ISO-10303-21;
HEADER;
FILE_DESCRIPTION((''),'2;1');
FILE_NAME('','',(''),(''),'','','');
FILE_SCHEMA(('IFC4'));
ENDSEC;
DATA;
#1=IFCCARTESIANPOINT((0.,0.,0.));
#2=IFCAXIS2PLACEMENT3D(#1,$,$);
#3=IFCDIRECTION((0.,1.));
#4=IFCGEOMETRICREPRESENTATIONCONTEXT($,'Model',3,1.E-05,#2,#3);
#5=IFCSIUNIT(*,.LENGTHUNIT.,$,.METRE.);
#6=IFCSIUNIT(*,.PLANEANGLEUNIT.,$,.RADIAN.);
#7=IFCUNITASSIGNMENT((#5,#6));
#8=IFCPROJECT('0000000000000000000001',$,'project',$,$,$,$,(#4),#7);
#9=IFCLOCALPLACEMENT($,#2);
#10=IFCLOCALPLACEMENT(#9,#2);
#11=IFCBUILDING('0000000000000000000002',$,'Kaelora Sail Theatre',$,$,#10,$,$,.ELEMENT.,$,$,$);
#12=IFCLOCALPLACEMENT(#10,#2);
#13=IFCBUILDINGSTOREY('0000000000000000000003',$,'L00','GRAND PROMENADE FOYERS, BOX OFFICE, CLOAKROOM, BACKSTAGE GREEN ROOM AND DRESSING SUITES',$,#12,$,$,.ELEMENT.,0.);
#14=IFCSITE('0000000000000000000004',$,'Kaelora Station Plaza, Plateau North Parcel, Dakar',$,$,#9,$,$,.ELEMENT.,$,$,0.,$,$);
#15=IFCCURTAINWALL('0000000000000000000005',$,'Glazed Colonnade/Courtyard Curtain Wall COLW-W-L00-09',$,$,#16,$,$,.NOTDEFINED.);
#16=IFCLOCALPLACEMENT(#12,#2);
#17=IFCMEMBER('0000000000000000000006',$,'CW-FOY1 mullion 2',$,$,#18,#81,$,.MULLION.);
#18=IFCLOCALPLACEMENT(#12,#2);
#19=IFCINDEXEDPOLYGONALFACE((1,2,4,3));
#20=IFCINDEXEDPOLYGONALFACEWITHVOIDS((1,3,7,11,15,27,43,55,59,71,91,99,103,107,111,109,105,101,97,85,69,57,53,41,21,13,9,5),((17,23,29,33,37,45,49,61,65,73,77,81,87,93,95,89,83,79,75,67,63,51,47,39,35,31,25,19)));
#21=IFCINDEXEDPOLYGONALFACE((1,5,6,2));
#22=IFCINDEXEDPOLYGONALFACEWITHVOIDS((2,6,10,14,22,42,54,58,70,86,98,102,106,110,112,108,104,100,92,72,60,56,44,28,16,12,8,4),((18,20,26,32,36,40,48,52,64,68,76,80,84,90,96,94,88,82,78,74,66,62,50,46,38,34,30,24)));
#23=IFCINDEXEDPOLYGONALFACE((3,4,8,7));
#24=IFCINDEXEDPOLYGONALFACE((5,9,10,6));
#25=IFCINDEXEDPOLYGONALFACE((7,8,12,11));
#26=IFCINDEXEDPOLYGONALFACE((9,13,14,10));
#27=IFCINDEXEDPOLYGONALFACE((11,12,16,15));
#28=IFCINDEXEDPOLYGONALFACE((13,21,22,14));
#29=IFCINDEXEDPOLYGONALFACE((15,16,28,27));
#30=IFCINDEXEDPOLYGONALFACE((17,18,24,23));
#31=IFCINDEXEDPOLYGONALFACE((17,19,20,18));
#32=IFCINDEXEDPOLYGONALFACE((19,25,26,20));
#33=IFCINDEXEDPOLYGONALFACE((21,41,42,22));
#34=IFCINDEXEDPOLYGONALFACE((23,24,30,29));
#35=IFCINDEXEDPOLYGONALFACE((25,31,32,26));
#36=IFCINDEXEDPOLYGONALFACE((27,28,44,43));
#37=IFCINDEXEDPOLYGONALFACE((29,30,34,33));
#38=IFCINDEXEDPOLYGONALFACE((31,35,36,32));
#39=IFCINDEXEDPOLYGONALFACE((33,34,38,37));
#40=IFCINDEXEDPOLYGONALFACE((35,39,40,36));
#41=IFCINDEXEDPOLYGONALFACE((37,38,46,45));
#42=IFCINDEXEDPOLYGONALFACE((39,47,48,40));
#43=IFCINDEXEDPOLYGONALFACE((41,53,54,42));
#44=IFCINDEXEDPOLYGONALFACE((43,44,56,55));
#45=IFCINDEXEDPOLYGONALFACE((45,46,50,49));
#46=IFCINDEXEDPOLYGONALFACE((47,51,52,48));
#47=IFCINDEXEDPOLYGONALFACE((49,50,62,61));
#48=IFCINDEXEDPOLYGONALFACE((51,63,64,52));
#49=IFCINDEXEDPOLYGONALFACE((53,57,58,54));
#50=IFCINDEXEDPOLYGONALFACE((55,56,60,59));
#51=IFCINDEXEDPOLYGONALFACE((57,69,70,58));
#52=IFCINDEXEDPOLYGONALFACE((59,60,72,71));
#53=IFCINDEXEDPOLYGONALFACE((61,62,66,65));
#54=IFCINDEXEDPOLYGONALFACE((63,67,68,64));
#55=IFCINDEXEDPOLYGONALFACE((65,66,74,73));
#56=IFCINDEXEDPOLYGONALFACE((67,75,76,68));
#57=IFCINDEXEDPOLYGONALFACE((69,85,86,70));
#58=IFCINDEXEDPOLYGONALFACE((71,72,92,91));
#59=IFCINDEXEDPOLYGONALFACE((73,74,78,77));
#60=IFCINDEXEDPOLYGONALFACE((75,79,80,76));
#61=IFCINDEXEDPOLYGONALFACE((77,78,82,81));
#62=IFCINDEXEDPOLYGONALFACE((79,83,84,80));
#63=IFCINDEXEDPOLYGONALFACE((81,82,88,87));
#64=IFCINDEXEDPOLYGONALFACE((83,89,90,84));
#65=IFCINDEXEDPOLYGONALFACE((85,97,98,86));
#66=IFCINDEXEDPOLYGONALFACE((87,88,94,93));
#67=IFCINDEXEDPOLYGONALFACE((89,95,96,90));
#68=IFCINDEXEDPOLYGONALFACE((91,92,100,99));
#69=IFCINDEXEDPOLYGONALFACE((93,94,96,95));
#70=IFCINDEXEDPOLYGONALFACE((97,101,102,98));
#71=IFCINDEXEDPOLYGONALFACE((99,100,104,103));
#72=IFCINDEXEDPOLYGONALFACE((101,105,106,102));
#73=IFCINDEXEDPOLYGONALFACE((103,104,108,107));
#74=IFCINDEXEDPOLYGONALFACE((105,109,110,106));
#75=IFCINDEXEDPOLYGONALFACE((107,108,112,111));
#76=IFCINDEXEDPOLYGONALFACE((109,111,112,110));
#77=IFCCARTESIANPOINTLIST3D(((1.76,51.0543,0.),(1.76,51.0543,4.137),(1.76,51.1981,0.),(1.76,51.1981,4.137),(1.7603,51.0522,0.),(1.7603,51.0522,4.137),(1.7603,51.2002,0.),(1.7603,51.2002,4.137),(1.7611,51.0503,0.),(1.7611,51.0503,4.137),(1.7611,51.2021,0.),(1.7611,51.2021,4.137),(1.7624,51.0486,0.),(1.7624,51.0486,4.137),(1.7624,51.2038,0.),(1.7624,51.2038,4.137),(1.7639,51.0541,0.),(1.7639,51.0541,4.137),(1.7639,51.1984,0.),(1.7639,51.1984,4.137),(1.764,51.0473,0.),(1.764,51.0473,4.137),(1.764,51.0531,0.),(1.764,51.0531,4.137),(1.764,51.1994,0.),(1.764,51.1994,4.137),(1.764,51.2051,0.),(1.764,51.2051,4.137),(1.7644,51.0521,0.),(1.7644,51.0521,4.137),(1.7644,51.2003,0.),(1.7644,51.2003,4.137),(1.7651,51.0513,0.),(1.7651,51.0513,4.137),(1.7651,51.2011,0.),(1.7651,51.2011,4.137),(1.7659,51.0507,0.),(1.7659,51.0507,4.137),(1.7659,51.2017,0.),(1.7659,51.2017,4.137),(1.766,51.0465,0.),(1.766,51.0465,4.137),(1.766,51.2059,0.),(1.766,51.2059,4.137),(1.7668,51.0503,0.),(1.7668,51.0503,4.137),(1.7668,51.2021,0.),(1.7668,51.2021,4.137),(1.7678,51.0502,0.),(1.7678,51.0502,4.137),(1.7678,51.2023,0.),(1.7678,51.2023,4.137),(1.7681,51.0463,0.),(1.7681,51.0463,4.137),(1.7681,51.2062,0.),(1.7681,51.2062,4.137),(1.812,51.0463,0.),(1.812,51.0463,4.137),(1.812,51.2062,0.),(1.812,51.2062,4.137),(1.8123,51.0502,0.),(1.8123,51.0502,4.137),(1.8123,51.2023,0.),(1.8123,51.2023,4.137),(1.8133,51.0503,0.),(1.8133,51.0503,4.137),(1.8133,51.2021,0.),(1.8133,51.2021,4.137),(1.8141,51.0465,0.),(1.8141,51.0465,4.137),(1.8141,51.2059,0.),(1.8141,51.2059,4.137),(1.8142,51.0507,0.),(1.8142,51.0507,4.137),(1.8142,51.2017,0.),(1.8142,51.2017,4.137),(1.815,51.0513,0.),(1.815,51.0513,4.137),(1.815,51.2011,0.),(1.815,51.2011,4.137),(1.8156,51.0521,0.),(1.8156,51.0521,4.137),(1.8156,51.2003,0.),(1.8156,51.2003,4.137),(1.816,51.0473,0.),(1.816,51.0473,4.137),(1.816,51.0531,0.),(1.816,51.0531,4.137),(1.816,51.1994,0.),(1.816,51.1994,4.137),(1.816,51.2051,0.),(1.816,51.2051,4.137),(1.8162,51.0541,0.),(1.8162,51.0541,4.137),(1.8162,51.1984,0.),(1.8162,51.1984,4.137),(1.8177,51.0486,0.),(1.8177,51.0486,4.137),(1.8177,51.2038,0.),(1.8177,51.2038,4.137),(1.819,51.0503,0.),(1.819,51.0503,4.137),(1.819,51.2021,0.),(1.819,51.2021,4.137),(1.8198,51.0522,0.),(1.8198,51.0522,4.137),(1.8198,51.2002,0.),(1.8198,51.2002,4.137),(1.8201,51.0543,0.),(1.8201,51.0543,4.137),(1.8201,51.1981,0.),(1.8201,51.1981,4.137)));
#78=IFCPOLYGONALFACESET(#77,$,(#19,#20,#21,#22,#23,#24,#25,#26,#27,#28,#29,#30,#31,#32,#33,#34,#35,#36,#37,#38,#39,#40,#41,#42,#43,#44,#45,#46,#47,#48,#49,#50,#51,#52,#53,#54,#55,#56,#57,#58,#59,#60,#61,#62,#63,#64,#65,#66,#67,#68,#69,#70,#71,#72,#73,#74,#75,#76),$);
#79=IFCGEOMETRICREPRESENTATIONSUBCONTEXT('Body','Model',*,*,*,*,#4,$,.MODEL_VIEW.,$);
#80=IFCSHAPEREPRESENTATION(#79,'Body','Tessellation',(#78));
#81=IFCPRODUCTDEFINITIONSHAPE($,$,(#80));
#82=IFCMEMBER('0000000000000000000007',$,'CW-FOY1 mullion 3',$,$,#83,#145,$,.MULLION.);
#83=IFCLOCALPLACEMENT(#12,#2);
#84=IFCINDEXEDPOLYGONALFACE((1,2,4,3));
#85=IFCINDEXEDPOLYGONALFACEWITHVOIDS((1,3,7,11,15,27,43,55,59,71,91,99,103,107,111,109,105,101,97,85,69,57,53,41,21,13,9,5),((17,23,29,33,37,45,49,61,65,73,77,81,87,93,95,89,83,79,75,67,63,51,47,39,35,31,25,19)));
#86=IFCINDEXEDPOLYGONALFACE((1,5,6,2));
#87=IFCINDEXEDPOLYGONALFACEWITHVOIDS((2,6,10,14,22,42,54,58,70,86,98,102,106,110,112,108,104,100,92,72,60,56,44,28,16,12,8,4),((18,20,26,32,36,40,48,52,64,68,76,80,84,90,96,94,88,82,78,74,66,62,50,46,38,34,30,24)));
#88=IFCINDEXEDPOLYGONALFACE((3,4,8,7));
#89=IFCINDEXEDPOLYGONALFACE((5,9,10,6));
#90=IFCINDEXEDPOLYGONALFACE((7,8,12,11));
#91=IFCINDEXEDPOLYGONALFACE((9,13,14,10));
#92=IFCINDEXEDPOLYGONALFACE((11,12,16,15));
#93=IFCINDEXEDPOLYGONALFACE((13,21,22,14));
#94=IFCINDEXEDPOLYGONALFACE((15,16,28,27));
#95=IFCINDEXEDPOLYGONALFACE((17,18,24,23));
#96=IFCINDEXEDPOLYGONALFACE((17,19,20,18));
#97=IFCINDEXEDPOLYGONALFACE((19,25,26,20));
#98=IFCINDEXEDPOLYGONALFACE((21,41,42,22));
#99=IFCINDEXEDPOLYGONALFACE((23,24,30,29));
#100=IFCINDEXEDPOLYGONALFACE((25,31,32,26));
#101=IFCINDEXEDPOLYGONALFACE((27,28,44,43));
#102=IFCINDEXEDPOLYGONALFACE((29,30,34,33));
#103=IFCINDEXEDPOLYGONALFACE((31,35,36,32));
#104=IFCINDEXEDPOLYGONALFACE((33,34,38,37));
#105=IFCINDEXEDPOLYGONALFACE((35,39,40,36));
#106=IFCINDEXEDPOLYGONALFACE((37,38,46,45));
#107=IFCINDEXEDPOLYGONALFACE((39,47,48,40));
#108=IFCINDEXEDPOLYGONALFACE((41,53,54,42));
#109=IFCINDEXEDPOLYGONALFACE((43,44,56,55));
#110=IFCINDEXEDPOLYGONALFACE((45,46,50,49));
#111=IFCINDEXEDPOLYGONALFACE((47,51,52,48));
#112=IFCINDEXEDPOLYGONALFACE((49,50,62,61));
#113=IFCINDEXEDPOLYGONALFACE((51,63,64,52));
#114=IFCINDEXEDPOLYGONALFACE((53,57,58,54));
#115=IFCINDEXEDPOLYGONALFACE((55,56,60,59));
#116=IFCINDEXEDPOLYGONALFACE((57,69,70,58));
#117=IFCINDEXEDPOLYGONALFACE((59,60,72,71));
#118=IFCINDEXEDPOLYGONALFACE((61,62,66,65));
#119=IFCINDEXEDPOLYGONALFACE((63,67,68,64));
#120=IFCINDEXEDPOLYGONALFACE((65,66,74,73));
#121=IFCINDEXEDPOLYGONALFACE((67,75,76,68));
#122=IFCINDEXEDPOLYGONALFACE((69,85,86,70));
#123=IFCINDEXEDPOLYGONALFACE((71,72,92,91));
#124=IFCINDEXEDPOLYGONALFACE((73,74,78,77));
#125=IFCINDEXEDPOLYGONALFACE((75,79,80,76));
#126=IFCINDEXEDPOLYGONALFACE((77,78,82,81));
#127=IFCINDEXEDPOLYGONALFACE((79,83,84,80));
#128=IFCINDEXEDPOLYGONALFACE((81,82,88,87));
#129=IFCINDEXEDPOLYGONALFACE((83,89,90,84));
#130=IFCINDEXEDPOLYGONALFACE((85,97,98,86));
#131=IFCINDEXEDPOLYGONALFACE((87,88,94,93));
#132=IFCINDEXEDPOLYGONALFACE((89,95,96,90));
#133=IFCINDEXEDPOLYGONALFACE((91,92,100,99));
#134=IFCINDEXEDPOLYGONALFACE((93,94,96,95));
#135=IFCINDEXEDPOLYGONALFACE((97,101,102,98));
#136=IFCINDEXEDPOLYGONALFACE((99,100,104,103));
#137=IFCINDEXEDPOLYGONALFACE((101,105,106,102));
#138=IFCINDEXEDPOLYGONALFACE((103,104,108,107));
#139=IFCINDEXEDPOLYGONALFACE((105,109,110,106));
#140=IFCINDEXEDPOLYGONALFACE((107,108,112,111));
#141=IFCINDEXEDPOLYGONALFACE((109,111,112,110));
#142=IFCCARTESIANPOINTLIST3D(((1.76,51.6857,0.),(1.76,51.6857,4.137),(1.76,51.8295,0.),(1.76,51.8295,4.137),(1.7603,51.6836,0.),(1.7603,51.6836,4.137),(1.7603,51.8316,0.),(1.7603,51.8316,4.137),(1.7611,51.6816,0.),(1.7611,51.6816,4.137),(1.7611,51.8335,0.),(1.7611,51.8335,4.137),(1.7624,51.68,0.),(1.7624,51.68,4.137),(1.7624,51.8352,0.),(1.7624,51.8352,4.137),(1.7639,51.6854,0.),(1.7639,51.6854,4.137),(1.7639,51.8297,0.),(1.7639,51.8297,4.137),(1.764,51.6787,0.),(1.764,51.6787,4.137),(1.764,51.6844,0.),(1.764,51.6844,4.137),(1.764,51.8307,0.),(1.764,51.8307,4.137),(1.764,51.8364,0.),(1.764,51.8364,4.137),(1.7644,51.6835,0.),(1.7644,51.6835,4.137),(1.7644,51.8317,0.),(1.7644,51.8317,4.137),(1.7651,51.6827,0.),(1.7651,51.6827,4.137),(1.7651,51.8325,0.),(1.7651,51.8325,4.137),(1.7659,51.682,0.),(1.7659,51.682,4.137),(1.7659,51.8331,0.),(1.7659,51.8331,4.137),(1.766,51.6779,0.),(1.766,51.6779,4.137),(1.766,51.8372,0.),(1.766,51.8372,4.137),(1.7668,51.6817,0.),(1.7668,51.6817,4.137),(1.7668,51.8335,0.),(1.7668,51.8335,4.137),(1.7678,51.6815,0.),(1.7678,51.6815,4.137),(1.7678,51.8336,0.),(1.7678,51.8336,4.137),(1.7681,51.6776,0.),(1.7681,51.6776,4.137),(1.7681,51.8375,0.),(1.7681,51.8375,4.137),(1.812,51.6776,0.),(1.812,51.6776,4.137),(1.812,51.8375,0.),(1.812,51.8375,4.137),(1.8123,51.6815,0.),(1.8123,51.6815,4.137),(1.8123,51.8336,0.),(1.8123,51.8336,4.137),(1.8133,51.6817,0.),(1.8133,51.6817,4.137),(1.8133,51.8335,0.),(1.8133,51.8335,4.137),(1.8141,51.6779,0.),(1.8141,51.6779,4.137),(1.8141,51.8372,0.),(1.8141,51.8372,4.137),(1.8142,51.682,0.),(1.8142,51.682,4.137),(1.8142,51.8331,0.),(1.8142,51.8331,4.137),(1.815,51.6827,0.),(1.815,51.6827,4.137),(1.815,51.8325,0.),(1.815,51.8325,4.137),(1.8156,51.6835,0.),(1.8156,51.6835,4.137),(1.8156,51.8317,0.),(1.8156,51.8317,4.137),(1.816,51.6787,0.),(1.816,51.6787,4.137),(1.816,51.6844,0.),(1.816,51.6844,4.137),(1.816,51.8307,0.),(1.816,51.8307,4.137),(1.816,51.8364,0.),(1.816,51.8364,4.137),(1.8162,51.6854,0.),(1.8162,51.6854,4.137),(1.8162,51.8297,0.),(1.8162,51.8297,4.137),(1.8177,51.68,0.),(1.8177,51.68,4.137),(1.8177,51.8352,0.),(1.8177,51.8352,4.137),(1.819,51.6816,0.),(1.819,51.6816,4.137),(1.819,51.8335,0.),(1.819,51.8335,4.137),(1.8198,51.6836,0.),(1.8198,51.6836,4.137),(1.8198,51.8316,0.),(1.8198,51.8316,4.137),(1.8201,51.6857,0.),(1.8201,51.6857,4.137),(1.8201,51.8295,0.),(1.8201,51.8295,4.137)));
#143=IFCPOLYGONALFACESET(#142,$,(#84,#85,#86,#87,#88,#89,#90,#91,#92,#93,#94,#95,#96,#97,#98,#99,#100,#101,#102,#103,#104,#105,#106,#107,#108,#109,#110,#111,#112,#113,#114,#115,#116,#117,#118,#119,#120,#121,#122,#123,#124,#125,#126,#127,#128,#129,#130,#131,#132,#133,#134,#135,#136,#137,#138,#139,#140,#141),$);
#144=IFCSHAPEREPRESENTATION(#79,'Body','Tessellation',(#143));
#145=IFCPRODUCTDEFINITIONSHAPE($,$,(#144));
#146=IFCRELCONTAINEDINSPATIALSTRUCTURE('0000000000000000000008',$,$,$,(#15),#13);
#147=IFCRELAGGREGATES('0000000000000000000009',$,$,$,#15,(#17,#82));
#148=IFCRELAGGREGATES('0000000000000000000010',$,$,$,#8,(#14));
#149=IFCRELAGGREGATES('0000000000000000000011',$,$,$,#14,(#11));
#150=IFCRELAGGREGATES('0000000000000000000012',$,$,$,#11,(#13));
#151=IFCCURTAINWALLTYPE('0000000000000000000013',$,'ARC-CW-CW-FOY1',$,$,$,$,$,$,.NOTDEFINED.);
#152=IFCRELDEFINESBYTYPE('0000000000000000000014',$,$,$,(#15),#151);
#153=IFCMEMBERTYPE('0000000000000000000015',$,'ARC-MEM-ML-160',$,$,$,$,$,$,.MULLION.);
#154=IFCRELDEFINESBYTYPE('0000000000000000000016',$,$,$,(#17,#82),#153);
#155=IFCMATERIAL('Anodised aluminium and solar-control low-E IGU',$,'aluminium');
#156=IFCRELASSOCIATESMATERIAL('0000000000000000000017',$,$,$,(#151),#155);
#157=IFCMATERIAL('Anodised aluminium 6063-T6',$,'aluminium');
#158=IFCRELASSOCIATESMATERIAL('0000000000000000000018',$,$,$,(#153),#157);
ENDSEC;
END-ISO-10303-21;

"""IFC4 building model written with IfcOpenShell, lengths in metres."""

from ifc_helpers import new_model, si_unit, direction, frame, origin, origin_2d, place, context, subcontext, project, spatial, hollow_rectangle, extrude, material, material_profile, profile_set, type_object, element, aggregate, save


model = new_model("IFC4")

# Units and contexts
model_context = context("Model", 3, precision=1e-05, world=origin(), true_north=direction((0.0, 1.0)))
body_context = subcontext(model_context, "Body", "Model", "MODEL_VIEW")
ifc_project = project(units=[si_unit("LENGTHUNIT", "METRE"), si_unit("PLANEANGLEUNIT", "RADIAN")], contexts=[model_context])

# Site, building, storey
site_placement = place(None, origin())
site = spatial("IfcSite", under=ifc_project, at=site_placement, Name="Kaelora Station Plaza, Plateau North Parcel, Dakar", CompositionType="ELEMENT", RefElevation=0.0)
building_placement = place(site_placement, origin())
building = spatial("IfcBuilding", under=site, at=building_placement, Name="Kaelora Sail Theatre", CompositionType="ELEMENT")
storey_placement = place(building_placement, origin())
storey = spatial("IfcBuildingStorey", under=building, at=storey_placement, Name="L00", Description="GRAND PROMENADE FOYERS, BOX OFFICE, CLOAKROOM, BACKSTAGE GREEN ROOM AND DRESSING SUITES", CompositionType="ELEMENT", Elevation=0.0)

# Curtain wall, members
ifc_material_1 = material(Name="Anodised aluminium and solar-control low-E IGU", Category="aluminium")
curtain_wall_type = type_object("IfcCurtainWallType", Name="ARC-CW-CW-FOY1", PredefinedType="NOTDEFINED", material=ifc_material_1)
curtain_wall_placement = place(storey_placement, origin())
curtain_wall = element("IfcCurtainWall", 1, at=curtain_wall_placement, inside=storey, type_object=curtain_wall_type, Name="Glazed Colonnade/Courtyard Curtain Wall COLW-W-L00-09", PredefinedType="NOTDEFINED")
ifc_material_2 = material(Name="Anodised aluminium 6063-T6", Category="aluminium")
ifc_material_profile_1 = material_profile(ifc_material_2, hollow_rectangle(XDim=0.0601, YDim=0.1599, WallThickness=0.0039, InnerFilletRadius=0.0039, OuterFilletRadius=0.0081, at=origin_2d()), Name="ALU-MULL 60x160x4")
ifc_profile_set_1 = profile_set([ifc_material_profile_1], Name="Anodised aluminium 6063-T6")
member_type_1 = type_object("IfcMemberType", Name="ARC-MEM-ML-160", PredefinedType="MULLION", material=ifc_profile_set_1)
member_1_placement = place(storey_placement, frame((1.79, 51.1262, 0.0), z_axis=(0.0, 0.0, 1.0), x_axis=(-1.0, 0.0, 0.0)))
member_1 = element("IfcMember", 2, at=member_1_placement, type_object=member_type_1, Name="CW-FOY1 mullion 2", PredefinedType="MULLION", context=body_context, shape_type="SweptSolid", body=[
    extrude(hollow_rectangle(XDim=0.0601, YDim=0.1599, WallThickness=0.0039, InnerFilletRadius=0.0039, OuterFilletRadius=0.0081, at=origin_2d()), origin(), (0.0, 0.0, 1.0), 4.137),
])
member_2_placement = place(storey_placement, frame((1.79, 51.7576, 0.0), z_axis=(0.0, 0.0, 1.0), x_axis=(-1.0, 0.0, 0.0)))
member_2 = element("IfcMember", 3, at=member_2_placement, type_object=member_type_1, Name="CW-FOY1 mullion 3", PredefinedType="MULLION", context=body_context, shape_type="SweptSolid", body=[
    extrude(hollow_rectangle(XDim=0.0601, YDim=0.1599, WallThickness=0.0039, InnerFilletRadius=0.0039, OuterFilletRadius=0.0081, at=origin_2d()), origin(), (0.0, 0.0, 1.0), 4.137),
])
aggregate(curtain_wall, [member_1, member_2])

save(model, "model.ifc")
